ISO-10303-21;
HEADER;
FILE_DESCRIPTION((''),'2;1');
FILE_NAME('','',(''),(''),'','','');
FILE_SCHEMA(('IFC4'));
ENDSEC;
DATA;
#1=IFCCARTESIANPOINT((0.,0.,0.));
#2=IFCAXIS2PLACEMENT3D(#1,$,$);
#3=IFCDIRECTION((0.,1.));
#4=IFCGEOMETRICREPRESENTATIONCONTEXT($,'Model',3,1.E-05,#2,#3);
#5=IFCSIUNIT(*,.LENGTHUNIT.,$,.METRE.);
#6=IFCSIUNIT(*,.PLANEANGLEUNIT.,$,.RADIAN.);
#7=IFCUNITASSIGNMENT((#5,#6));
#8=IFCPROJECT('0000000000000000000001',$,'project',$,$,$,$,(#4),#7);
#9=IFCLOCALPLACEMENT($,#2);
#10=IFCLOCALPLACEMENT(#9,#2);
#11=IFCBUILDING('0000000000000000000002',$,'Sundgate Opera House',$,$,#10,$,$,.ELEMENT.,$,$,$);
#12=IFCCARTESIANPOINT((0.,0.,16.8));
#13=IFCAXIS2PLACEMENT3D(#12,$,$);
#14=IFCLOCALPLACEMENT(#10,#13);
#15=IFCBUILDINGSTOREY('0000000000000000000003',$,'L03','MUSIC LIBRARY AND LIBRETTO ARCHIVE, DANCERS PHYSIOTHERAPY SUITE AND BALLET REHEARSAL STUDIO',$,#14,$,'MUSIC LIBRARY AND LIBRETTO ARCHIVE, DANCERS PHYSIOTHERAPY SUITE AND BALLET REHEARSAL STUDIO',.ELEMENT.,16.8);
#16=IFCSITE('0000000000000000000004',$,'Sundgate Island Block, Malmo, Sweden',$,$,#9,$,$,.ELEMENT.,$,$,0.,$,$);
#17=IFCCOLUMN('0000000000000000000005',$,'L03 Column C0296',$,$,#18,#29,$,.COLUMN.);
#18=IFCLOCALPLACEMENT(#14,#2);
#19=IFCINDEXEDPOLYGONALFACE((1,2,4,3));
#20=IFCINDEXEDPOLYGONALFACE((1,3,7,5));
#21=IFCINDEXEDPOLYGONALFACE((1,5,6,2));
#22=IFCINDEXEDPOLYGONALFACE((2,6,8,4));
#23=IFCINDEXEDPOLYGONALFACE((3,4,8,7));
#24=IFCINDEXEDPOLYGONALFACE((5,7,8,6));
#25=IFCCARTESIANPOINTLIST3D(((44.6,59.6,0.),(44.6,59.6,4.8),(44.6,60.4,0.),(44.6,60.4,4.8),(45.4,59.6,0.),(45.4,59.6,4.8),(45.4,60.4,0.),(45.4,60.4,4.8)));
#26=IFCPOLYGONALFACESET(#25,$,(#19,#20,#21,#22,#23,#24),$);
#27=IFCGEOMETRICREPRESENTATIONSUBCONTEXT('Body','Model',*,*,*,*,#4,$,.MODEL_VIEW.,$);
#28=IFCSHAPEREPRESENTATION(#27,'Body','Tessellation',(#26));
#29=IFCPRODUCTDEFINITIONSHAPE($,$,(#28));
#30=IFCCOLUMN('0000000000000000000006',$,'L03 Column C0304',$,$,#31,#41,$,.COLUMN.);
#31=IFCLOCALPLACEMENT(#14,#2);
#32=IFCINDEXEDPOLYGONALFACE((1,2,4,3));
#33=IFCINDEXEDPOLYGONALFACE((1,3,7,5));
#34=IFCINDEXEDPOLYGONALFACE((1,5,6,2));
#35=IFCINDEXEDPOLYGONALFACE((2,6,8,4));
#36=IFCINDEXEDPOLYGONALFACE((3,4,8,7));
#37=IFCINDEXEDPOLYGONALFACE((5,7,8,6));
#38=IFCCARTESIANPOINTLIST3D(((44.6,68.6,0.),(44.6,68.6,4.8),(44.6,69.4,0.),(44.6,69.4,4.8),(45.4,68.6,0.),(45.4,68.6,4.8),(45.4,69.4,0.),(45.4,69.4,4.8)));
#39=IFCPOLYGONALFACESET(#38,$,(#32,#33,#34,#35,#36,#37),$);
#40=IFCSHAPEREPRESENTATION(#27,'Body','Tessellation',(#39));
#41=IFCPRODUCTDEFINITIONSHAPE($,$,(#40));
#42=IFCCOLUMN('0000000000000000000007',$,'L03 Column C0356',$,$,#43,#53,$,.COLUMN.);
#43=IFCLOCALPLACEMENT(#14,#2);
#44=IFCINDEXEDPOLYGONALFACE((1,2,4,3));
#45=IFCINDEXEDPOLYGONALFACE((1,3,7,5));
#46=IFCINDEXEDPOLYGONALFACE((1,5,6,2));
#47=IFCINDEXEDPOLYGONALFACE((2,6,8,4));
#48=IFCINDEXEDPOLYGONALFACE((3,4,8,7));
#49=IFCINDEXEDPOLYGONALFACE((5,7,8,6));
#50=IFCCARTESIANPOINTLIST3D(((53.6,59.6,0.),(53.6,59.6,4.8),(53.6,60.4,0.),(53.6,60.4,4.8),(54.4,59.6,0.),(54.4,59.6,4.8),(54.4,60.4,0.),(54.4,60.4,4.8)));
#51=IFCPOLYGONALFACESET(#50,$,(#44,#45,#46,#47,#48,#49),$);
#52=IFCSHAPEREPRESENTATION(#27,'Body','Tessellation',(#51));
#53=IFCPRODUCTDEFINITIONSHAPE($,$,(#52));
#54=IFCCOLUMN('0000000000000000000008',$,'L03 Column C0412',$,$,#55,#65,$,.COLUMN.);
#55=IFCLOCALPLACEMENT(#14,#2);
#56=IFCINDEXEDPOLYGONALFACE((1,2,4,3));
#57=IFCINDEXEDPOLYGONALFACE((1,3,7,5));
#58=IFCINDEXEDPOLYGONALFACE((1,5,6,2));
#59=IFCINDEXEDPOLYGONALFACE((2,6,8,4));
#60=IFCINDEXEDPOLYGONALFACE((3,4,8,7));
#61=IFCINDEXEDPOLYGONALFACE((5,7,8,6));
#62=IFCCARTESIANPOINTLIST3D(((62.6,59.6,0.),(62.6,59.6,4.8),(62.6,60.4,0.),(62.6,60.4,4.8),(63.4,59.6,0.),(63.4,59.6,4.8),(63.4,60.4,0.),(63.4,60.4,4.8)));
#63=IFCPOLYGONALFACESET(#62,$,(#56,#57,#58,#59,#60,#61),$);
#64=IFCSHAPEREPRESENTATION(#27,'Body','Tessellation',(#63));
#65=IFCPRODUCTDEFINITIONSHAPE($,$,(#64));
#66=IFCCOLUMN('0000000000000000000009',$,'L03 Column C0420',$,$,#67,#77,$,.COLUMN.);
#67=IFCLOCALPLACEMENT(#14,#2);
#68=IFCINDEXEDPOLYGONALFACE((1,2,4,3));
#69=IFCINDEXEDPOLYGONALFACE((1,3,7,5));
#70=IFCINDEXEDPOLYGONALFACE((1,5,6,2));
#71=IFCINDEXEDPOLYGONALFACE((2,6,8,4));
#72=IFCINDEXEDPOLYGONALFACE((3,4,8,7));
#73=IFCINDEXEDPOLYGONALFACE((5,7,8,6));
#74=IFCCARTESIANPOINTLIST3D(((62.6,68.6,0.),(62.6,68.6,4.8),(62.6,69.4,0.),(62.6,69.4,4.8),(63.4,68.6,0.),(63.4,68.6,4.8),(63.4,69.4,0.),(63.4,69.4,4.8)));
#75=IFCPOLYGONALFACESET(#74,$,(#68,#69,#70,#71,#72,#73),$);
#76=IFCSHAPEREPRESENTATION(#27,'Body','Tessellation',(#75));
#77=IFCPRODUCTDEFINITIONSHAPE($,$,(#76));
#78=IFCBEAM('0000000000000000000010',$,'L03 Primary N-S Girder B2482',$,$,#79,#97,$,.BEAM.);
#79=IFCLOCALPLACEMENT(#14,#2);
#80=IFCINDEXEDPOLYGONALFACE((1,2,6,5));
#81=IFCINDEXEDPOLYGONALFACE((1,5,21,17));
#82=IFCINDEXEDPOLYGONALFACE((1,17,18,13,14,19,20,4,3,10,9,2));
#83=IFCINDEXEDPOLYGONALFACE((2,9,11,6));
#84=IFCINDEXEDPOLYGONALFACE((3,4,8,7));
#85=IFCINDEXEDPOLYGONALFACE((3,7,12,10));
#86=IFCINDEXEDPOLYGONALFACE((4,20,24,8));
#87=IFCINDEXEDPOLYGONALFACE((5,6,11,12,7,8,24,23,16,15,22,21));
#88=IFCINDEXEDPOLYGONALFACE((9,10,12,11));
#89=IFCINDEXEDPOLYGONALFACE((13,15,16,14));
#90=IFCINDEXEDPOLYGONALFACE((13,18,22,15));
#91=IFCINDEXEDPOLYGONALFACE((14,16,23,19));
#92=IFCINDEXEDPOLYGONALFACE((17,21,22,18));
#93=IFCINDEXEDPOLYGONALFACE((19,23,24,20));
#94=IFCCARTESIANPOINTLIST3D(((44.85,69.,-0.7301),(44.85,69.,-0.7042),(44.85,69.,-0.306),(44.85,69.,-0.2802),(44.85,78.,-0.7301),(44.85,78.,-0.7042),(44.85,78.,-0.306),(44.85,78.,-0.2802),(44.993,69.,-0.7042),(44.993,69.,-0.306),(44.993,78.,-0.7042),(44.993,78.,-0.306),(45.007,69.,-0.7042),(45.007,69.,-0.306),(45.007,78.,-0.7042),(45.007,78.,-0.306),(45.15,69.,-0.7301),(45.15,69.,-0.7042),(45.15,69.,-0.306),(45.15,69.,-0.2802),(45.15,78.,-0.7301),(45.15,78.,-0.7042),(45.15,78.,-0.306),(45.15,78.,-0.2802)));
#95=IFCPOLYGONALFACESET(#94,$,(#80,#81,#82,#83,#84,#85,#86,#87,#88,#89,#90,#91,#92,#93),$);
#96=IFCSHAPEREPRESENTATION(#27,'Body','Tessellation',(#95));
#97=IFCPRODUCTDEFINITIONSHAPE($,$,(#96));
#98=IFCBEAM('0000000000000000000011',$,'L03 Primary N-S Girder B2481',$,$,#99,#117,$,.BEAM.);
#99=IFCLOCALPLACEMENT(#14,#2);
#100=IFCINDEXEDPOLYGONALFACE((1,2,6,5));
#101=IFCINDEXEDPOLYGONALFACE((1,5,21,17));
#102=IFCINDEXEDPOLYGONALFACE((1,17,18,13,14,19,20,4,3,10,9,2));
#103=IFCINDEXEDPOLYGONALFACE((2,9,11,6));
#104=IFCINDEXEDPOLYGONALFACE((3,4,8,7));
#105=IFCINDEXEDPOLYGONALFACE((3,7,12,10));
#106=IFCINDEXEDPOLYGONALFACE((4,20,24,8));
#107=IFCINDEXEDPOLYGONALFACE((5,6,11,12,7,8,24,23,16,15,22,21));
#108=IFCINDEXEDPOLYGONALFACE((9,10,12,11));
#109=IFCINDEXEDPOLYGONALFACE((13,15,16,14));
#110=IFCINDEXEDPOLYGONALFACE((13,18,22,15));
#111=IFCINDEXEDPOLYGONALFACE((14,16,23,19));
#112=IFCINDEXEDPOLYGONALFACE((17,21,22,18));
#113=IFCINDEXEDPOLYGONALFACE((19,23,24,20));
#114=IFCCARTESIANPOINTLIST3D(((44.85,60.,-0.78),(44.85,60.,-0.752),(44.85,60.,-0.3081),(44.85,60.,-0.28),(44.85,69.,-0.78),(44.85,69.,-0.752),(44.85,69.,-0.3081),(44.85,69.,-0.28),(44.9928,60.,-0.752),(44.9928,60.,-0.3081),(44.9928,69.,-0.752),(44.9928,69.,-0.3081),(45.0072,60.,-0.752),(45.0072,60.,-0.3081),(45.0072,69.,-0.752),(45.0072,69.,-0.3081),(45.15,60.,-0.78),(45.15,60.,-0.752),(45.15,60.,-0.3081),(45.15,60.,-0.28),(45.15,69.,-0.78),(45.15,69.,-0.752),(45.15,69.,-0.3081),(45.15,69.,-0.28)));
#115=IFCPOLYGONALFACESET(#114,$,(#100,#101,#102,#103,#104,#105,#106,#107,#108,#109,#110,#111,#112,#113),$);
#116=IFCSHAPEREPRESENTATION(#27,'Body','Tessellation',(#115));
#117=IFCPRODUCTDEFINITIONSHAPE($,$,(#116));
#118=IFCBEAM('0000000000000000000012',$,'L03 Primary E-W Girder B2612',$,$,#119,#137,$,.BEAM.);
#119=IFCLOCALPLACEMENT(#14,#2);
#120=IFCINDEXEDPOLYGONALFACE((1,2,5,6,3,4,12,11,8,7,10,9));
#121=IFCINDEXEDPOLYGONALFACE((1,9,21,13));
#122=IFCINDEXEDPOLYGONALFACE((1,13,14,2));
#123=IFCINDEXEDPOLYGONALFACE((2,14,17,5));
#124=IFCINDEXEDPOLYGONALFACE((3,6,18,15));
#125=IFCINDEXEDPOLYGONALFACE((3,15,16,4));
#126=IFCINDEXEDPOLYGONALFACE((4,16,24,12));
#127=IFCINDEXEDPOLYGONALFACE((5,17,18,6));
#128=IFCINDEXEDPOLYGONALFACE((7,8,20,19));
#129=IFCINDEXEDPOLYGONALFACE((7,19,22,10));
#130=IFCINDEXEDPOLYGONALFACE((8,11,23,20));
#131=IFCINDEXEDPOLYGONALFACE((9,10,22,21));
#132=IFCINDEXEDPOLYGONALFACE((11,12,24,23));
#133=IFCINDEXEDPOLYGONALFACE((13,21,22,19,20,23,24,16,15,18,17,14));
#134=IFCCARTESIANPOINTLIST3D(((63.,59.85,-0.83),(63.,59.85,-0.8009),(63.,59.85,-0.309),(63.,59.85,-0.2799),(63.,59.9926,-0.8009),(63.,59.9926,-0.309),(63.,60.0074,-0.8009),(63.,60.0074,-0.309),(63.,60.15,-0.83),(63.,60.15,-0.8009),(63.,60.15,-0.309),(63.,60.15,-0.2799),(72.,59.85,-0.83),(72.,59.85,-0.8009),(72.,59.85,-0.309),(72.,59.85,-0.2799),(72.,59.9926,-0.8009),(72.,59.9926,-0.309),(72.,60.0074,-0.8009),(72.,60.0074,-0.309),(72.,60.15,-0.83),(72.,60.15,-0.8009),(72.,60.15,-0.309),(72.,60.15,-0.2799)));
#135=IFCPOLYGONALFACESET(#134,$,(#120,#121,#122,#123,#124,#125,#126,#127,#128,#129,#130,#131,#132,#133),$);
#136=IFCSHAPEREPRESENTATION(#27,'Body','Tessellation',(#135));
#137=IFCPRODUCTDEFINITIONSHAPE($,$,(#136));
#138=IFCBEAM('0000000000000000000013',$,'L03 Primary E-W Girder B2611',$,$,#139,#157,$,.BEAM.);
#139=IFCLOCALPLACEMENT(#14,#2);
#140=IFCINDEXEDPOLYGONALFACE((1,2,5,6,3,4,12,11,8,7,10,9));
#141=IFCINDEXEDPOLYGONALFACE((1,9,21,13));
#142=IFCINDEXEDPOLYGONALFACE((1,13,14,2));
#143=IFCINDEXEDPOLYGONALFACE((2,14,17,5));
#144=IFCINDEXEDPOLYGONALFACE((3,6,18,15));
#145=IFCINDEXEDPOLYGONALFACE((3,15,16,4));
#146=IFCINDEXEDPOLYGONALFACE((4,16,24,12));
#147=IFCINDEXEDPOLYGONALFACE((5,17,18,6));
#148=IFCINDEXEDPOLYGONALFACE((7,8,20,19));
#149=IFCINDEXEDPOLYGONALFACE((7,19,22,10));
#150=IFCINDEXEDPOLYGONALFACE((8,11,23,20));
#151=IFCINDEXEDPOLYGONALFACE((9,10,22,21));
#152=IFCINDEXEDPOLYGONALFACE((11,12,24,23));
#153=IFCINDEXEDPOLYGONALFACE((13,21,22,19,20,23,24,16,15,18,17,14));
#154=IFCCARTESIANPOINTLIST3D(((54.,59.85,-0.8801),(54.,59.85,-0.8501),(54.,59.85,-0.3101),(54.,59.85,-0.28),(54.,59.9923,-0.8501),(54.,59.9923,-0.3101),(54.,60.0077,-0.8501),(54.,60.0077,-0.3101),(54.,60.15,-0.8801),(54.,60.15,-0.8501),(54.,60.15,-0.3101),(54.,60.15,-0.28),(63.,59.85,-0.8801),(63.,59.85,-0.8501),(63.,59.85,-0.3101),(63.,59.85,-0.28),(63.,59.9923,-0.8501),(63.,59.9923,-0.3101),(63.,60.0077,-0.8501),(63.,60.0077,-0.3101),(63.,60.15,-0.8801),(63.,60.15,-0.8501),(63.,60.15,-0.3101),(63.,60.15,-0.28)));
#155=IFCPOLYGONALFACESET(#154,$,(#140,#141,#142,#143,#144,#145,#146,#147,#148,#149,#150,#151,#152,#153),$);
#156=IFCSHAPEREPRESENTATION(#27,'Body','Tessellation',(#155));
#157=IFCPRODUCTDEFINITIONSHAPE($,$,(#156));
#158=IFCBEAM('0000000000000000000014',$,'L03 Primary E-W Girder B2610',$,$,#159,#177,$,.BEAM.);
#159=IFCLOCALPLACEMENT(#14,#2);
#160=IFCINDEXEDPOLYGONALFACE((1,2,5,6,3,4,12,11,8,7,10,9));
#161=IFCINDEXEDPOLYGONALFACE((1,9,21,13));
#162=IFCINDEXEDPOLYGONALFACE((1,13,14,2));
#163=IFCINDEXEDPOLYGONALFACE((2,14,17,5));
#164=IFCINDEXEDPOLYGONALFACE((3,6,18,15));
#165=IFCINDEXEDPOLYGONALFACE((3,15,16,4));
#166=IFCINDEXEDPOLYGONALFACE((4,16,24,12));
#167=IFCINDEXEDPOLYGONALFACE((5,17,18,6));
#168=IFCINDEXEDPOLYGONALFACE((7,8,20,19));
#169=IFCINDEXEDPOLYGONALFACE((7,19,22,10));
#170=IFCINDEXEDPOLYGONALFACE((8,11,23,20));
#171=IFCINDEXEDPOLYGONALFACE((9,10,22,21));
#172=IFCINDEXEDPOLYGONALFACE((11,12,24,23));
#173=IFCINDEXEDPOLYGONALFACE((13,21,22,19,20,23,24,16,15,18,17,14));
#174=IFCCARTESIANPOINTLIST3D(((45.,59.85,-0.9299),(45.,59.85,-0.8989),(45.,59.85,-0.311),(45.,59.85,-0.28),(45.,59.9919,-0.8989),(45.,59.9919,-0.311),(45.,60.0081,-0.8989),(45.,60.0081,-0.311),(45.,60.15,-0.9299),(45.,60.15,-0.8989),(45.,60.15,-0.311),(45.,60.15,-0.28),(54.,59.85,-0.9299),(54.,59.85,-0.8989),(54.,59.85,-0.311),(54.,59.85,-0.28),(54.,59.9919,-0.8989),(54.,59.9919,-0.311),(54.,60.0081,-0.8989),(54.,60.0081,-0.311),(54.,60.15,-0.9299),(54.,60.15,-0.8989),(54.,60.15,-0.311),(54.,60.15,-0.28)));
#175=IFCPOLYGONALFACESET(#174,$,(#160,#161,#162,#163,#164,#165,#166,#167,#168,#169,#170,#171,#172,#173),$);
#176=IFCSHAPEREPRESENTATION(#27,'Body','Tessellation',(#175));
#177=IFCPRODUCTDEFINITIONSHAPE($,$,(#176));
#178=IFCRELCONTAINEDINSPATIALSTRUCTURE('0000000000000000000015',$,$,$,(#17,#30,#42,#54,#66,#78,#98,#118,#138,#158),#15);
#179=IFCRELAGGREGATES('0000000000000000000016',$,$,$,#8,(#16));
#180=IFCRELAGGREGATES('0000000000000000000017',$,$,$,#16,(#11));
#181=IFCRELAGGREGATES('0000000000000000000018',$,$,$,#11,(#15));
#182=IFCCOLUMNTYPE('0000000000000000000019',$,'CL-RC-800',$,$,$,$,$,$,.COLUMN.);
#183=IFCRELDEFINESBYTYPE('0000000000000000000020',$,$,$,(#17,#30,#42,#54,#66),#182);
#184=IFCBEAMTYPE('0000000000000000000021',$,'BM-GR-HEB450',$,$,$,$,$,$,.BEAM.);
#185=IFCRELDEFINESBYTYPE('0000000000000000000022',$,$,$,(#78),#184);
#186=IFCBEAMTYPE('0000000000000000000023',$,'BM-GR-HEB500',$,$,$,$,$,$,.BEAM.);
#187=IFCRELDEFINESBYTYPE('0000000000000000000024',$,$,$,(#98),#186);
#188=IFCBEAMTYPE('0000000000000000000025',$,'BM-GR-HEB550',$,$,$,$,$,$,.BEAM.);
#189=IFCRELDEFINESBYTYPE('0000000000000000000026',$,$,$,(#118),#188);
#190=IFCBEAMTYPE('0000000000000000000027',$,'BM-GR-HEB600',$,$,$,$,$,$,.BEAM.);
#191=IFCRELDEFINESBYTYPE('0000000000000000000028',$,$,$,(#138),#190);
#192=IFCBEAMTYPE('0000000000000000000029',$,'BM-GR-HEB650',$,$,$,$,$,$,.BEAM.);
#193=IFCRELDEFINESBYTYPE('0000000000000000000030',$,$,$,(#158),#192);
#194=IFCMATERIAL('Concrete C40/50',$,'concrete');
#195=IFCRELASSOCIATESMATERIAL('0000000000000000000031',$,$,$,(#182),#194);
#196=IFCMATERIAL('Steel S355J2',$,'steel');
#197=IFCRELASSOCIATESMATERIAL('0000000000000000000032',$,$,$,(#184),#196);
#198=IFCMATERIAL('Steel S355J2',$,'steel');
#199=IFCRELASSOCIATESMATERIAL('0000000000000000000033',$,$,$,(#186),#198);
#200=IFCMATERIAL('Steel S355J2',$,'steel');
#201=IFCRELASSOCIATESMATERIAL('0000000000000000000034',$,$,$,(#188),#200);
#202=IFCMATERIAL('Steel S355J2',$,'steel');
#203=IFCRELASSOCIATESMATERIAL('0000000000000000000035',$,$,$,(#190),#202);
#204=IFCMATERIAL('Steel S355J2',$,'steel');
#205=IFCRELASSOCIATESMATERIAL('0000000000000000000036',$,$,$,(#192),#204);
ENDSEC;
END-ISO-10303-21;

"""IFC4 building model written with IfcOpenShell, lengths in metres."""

from ifc_helpers import new_model, si_unit, direction, frame, origin, origin_2d, place, context, subcontext, project, spatial, rectangle, i_section, extrude, material, material_profile, profile_set, type_object, element, save


model = new_model("IFC4")

# Units and contexts
model_context = context("Model", 3, precision=1e-05, world=origin(), true_north=direction((0.0, 1.0)))
body_context = subcontext(model_context, "Body", "Model", "MODEL_VIEW")
ifc_project = project(units=[si_unit("LENGTHUNIT", "METRE"), si_unit("PLANEANGLEUNIT", "RADIAN")], contexts=[model_context])

# Site, building, storey
site_placement = place(None, origin())
site = spatial("IfcSite", under=ifc_project, at=site_placement, Name="Sundgate Island Block, Malmo, Sweden", CompositionType="ELEMENT", RefElevation=0.0)
building_placement = place(site_placement, origin())
building = spatial("IfcBuilding", under=site, at=building_placement, Name="Sundgate Opera House", CompositionType="ELEMENT")
storey_placement = place(building_placement, frame((0.0, 0.0, 16.8)))
storey = spatial("IfcBuildingStorey", under=building, at=storey_placement, Name="L03", Description="MUSIC LIBRARY AND LIBRETTO ARCHIVE, DANCERS PHYSIOTHERAPY SUITE AND BALLET REHEARSAL STUDIO", LongName="MUSIC LIBRARY AND LIBRETTO ARCHIVE, DANCERS PHYSIOTHERAPY SUITE AND BALLET REHEARSAL STUDIO", CompositionType="ELEMENT", Elevation=16.8)

# Columns
ifc_material_1 = material(Name="Concrete C40/50", Category="concrete")
ifc_material_profile_1 = material_profile(ifc_material_1, rectangle(XDim=0.8, YDim=0.8, at=origin_2d()), Name="RC 800x800")
ifc_profile_set_1 = profile_set([ifc_material_profile_1], Name="Concrete C40/50")
column_type = type_object("IfcColumnType", Name="CL-RC-800", PredefinedType="COLUMN", material=ifc_profile_set_1)
for number, where, z_axis, x_axis, name in (
    (1, (45.0, 60.0, 0.0), (0.0, 0.0, 1.0), (1.0, 0.0, 0.0), "L03 Column C0296"),
    (2, (45.0, 69.0, 0.0), (0.0, 0.0, 1.0), (1.0, 0.0, 0.0), "L03 Column C0304"),
    (3, (54.0, 60.0, 0.0), (0.0, 0.0, 1.0), (1.0, 0.0, 0.0), "L03 Column C0356"),
    (4, (63.0, 60.0, 0.0), (0.0, 0.0, 1.0), (1.0, 0.0, 0.0), "L03 Column C0412"),
    (5, (63.0, 69.0, 0.0), (0.0, 0.0, 1.0), (1.0, 0.0, 0.0), "L03 Column C0420"),
):
    element("IfcColumn", number, at=place(storey_placement, frame(where, z_axis=z_axis, x_axis=x_axis)), inside=storey, type_object=column_type, Name=name, PredefinedType="COLUMN", context=body_context, shape_type="SweptSolid", body=[
        extrude(rectangle(XDim=0.8, YDim=0.8, at=origin_2d()), origin(), (0.0, 0.0, 1.0), 4.8),
    ])

# Beams
ifc_material_2 = material(Name="Steel S355J2", Category="steel")
ifc_material_profile_2 = material_profile(ifc_material_2, i_section(OverallWidth=0.3, OverallDepth=0.45, WebThickness=0.0139, FlangeThickness=0.0259, at=origin_2d()), Name="HEB 450")
ifc_profile_set_2 = profile_set([ifc_material_profile_2], Name="Steel S355J2")
beam_type_1 = type_object("IfcBeamType", Name="BM-GR-HEB450", PredefinedType="BEAM", material=ifc_profile_set_2)
beam_1_placement = place(storey_placement, frame((45.0, 69.0, -0.5051), z_axis=(0.0, 1.0, 0.0), x_axis=(-1.0, 0.0, 0.0)))
element("IfcBeam", 6, at=beam_1_placement, inside=storey, type_object=beam_type_1, Name="L03 Primary N-S Girder B2482", PredefinedType="BEAM", context=body_context, shape_type="SweptSolid", body=[
    extrude(i_section(OverallWidth=0.3, OverallDepth=0.45, WebThickness=0.0139, FlangeThickness=0.0259, at=origin_2d()), origin(), (0.0, 0.0, 1.0), 9.0),
])
ifc_material_3 = material(Name="Steel S355J2", Category="steel")
ifc_material_profile_3 = material_profile(ifc_material_3, i_section(OverallWidth=0.3, OverallDepth=0.5, WebThickness=0.0144, FlangeThickness=0.0281, at=origin_2d()), Name="HEB 500")
ifc_profile_set_3 = profile_set([ifc_material_profile_3], Name="Steel S355J2")
beam_type_2 = type_object("IfcBeamType", Name="BM-GR-HEB500", PredefinedType="BEAM", material=ifc_profile_set_3)
beam_2_placement = place(storey_placement, frame((45.0, 60.0, -0.53), z_axis=(0.0, 1.0, 0.0), x_axis=(-1.0, 0.0, 0.0)))
element("IfcBeam", 7, at=beam_2_placement, inside=storey, type_object=beam_type_2, Name="L03 Primary N-S Girder B2481", PredefinedType="BEAM", context=body_context, shape_type="SweptSolid", body=[
    extrude(i_section(OverallWidth=0.3, OverallDepth=0.5, WebThickness=0.0144, FlangeThickness=0.0281, at=origin_2d()), origin(), (0.0, 0.0, 1.0), 9.0),
])
ifc_material_4 = material(Name="Steel S355J2", Category="steel")
ifc_material_profile_4 = material_profile(ifc_material_4, i_section(OverallWidth=0.3, OverallDepth=0.55, WebThickness=0.0149, FlangeThickness=0.0291, at=origin_2d()), Name="HEB 550")
ifc_profile_set_4 = profile_set([ifc_material_profile_4], Name="Steel S355J2")
beam_type_3 = type_object("IfcBeamType", Name="BM-GR-HEB550", PredefinedType="BEAM", material=ifc_profile_set_4)
beam_3_placement = place(storey_placement, frame((63.0, 60.0, -0.5549), z_axis=(1.0, 0.0, 0.0), x_axis=(0.0, 1.0, 0.0)))
element("IfcBeam", 8, at=beam_3_placement, inside=storey, type_object=beam_type_3, Name="L03 Primary E-W Girder B2612", PredefinedType="BEAM", context=body_context, shape_type="SweptSolid", body=[
    extrude(i_section(OverallWidth=0.3, OverallDepth=0.55, WebThickness=0.0149, FlangeThickness=0.0291, at=origin_2d()), origin(), (0.0, 0.0, 1.0), 9.0),
])
ifc_material_5 = material(Name="Steel S355J2", Category="steel")
ifc_material_profile_5 = material_profile(ifc_material_5, i_section(OverallWidth=0.3, OverallDepth=0.6001, WebThickness=0.0154, FlangeThickness=0.03, at=origin_2d()), Name="HEB 600")
ifc_profile_set_5 = profile_set([ifc_material_profile_5], Name="Steel S355J2")
beam_type_4 = type_object("IfcBeamType", Name="BM-GR-HEB600", PredefinedType="BEAM", material=ifc_profile_set_5)
beam_4_placement = place(storey_placement, frame((54.0, 60.0, -0.5801), z_axis=(1.0, 0.0, 0.0), x_axis=(0.0, 1.0, 0.0)))
element("IfcBeam", 9, at=beam_4_placement, inside=storey, type_object=beam_type_4, Name="L03 Primary E-W Girder B2611", PredefinedType="BEAM", context=body_context, shape_type="SweptSolid", body=[
    extrude(i_section(OverallWidth=0.3, OverallDepth=0.6001, WebThickness=0.0154, FlangeThickness=0.03, at=origin_2d()), origin(), (0.0, 0.0, 1.0), 9.0),
])
ifc_material_6 = material(Name="Steel S355J2", Category="steel")
ifc_material_profile_6 = material_profile(ifc_material_6, i_section(OverallWidth=0.3, OverallDepth=0.6499, WebThickness=0.0161, FlangeThickness=0.031, at=origin_2d()), Name="HEB 650")
ifc_profile_set_6 = profile_set([ifc_material_profile_6], Name="Steel S355J2")
beam_type_5 = type_object("IfcBeamType", Name="BM-GR-HEB650", PredefinedType="BEAM", material=ifc_profile_set_6)
beam_5_placement = place(storey_placement, frame((45.0, 60.0, -0.605), z_axis=(1.0, 0.0, 0.0), x_axis=(0.0, 1.0, 0.0)))
element("IfcBeam", 10, at=beam_5_placement, inside=storey, type_object=beam_type_5, Name="L03 Primary E-W Girder B2610", PredefinedType="BEAM", context=body_context, shape_type="SweptSolid", body=[
    extrude(i_section(OverallWidth=0.3, OverallDepth=0.6499, WebThickness=0.0161, FlangeThickness=0.031, at=origin_2d()), origin(), (0.0, 0.0, 1.0), 9.0),
])

save(model, "model.ifc")
